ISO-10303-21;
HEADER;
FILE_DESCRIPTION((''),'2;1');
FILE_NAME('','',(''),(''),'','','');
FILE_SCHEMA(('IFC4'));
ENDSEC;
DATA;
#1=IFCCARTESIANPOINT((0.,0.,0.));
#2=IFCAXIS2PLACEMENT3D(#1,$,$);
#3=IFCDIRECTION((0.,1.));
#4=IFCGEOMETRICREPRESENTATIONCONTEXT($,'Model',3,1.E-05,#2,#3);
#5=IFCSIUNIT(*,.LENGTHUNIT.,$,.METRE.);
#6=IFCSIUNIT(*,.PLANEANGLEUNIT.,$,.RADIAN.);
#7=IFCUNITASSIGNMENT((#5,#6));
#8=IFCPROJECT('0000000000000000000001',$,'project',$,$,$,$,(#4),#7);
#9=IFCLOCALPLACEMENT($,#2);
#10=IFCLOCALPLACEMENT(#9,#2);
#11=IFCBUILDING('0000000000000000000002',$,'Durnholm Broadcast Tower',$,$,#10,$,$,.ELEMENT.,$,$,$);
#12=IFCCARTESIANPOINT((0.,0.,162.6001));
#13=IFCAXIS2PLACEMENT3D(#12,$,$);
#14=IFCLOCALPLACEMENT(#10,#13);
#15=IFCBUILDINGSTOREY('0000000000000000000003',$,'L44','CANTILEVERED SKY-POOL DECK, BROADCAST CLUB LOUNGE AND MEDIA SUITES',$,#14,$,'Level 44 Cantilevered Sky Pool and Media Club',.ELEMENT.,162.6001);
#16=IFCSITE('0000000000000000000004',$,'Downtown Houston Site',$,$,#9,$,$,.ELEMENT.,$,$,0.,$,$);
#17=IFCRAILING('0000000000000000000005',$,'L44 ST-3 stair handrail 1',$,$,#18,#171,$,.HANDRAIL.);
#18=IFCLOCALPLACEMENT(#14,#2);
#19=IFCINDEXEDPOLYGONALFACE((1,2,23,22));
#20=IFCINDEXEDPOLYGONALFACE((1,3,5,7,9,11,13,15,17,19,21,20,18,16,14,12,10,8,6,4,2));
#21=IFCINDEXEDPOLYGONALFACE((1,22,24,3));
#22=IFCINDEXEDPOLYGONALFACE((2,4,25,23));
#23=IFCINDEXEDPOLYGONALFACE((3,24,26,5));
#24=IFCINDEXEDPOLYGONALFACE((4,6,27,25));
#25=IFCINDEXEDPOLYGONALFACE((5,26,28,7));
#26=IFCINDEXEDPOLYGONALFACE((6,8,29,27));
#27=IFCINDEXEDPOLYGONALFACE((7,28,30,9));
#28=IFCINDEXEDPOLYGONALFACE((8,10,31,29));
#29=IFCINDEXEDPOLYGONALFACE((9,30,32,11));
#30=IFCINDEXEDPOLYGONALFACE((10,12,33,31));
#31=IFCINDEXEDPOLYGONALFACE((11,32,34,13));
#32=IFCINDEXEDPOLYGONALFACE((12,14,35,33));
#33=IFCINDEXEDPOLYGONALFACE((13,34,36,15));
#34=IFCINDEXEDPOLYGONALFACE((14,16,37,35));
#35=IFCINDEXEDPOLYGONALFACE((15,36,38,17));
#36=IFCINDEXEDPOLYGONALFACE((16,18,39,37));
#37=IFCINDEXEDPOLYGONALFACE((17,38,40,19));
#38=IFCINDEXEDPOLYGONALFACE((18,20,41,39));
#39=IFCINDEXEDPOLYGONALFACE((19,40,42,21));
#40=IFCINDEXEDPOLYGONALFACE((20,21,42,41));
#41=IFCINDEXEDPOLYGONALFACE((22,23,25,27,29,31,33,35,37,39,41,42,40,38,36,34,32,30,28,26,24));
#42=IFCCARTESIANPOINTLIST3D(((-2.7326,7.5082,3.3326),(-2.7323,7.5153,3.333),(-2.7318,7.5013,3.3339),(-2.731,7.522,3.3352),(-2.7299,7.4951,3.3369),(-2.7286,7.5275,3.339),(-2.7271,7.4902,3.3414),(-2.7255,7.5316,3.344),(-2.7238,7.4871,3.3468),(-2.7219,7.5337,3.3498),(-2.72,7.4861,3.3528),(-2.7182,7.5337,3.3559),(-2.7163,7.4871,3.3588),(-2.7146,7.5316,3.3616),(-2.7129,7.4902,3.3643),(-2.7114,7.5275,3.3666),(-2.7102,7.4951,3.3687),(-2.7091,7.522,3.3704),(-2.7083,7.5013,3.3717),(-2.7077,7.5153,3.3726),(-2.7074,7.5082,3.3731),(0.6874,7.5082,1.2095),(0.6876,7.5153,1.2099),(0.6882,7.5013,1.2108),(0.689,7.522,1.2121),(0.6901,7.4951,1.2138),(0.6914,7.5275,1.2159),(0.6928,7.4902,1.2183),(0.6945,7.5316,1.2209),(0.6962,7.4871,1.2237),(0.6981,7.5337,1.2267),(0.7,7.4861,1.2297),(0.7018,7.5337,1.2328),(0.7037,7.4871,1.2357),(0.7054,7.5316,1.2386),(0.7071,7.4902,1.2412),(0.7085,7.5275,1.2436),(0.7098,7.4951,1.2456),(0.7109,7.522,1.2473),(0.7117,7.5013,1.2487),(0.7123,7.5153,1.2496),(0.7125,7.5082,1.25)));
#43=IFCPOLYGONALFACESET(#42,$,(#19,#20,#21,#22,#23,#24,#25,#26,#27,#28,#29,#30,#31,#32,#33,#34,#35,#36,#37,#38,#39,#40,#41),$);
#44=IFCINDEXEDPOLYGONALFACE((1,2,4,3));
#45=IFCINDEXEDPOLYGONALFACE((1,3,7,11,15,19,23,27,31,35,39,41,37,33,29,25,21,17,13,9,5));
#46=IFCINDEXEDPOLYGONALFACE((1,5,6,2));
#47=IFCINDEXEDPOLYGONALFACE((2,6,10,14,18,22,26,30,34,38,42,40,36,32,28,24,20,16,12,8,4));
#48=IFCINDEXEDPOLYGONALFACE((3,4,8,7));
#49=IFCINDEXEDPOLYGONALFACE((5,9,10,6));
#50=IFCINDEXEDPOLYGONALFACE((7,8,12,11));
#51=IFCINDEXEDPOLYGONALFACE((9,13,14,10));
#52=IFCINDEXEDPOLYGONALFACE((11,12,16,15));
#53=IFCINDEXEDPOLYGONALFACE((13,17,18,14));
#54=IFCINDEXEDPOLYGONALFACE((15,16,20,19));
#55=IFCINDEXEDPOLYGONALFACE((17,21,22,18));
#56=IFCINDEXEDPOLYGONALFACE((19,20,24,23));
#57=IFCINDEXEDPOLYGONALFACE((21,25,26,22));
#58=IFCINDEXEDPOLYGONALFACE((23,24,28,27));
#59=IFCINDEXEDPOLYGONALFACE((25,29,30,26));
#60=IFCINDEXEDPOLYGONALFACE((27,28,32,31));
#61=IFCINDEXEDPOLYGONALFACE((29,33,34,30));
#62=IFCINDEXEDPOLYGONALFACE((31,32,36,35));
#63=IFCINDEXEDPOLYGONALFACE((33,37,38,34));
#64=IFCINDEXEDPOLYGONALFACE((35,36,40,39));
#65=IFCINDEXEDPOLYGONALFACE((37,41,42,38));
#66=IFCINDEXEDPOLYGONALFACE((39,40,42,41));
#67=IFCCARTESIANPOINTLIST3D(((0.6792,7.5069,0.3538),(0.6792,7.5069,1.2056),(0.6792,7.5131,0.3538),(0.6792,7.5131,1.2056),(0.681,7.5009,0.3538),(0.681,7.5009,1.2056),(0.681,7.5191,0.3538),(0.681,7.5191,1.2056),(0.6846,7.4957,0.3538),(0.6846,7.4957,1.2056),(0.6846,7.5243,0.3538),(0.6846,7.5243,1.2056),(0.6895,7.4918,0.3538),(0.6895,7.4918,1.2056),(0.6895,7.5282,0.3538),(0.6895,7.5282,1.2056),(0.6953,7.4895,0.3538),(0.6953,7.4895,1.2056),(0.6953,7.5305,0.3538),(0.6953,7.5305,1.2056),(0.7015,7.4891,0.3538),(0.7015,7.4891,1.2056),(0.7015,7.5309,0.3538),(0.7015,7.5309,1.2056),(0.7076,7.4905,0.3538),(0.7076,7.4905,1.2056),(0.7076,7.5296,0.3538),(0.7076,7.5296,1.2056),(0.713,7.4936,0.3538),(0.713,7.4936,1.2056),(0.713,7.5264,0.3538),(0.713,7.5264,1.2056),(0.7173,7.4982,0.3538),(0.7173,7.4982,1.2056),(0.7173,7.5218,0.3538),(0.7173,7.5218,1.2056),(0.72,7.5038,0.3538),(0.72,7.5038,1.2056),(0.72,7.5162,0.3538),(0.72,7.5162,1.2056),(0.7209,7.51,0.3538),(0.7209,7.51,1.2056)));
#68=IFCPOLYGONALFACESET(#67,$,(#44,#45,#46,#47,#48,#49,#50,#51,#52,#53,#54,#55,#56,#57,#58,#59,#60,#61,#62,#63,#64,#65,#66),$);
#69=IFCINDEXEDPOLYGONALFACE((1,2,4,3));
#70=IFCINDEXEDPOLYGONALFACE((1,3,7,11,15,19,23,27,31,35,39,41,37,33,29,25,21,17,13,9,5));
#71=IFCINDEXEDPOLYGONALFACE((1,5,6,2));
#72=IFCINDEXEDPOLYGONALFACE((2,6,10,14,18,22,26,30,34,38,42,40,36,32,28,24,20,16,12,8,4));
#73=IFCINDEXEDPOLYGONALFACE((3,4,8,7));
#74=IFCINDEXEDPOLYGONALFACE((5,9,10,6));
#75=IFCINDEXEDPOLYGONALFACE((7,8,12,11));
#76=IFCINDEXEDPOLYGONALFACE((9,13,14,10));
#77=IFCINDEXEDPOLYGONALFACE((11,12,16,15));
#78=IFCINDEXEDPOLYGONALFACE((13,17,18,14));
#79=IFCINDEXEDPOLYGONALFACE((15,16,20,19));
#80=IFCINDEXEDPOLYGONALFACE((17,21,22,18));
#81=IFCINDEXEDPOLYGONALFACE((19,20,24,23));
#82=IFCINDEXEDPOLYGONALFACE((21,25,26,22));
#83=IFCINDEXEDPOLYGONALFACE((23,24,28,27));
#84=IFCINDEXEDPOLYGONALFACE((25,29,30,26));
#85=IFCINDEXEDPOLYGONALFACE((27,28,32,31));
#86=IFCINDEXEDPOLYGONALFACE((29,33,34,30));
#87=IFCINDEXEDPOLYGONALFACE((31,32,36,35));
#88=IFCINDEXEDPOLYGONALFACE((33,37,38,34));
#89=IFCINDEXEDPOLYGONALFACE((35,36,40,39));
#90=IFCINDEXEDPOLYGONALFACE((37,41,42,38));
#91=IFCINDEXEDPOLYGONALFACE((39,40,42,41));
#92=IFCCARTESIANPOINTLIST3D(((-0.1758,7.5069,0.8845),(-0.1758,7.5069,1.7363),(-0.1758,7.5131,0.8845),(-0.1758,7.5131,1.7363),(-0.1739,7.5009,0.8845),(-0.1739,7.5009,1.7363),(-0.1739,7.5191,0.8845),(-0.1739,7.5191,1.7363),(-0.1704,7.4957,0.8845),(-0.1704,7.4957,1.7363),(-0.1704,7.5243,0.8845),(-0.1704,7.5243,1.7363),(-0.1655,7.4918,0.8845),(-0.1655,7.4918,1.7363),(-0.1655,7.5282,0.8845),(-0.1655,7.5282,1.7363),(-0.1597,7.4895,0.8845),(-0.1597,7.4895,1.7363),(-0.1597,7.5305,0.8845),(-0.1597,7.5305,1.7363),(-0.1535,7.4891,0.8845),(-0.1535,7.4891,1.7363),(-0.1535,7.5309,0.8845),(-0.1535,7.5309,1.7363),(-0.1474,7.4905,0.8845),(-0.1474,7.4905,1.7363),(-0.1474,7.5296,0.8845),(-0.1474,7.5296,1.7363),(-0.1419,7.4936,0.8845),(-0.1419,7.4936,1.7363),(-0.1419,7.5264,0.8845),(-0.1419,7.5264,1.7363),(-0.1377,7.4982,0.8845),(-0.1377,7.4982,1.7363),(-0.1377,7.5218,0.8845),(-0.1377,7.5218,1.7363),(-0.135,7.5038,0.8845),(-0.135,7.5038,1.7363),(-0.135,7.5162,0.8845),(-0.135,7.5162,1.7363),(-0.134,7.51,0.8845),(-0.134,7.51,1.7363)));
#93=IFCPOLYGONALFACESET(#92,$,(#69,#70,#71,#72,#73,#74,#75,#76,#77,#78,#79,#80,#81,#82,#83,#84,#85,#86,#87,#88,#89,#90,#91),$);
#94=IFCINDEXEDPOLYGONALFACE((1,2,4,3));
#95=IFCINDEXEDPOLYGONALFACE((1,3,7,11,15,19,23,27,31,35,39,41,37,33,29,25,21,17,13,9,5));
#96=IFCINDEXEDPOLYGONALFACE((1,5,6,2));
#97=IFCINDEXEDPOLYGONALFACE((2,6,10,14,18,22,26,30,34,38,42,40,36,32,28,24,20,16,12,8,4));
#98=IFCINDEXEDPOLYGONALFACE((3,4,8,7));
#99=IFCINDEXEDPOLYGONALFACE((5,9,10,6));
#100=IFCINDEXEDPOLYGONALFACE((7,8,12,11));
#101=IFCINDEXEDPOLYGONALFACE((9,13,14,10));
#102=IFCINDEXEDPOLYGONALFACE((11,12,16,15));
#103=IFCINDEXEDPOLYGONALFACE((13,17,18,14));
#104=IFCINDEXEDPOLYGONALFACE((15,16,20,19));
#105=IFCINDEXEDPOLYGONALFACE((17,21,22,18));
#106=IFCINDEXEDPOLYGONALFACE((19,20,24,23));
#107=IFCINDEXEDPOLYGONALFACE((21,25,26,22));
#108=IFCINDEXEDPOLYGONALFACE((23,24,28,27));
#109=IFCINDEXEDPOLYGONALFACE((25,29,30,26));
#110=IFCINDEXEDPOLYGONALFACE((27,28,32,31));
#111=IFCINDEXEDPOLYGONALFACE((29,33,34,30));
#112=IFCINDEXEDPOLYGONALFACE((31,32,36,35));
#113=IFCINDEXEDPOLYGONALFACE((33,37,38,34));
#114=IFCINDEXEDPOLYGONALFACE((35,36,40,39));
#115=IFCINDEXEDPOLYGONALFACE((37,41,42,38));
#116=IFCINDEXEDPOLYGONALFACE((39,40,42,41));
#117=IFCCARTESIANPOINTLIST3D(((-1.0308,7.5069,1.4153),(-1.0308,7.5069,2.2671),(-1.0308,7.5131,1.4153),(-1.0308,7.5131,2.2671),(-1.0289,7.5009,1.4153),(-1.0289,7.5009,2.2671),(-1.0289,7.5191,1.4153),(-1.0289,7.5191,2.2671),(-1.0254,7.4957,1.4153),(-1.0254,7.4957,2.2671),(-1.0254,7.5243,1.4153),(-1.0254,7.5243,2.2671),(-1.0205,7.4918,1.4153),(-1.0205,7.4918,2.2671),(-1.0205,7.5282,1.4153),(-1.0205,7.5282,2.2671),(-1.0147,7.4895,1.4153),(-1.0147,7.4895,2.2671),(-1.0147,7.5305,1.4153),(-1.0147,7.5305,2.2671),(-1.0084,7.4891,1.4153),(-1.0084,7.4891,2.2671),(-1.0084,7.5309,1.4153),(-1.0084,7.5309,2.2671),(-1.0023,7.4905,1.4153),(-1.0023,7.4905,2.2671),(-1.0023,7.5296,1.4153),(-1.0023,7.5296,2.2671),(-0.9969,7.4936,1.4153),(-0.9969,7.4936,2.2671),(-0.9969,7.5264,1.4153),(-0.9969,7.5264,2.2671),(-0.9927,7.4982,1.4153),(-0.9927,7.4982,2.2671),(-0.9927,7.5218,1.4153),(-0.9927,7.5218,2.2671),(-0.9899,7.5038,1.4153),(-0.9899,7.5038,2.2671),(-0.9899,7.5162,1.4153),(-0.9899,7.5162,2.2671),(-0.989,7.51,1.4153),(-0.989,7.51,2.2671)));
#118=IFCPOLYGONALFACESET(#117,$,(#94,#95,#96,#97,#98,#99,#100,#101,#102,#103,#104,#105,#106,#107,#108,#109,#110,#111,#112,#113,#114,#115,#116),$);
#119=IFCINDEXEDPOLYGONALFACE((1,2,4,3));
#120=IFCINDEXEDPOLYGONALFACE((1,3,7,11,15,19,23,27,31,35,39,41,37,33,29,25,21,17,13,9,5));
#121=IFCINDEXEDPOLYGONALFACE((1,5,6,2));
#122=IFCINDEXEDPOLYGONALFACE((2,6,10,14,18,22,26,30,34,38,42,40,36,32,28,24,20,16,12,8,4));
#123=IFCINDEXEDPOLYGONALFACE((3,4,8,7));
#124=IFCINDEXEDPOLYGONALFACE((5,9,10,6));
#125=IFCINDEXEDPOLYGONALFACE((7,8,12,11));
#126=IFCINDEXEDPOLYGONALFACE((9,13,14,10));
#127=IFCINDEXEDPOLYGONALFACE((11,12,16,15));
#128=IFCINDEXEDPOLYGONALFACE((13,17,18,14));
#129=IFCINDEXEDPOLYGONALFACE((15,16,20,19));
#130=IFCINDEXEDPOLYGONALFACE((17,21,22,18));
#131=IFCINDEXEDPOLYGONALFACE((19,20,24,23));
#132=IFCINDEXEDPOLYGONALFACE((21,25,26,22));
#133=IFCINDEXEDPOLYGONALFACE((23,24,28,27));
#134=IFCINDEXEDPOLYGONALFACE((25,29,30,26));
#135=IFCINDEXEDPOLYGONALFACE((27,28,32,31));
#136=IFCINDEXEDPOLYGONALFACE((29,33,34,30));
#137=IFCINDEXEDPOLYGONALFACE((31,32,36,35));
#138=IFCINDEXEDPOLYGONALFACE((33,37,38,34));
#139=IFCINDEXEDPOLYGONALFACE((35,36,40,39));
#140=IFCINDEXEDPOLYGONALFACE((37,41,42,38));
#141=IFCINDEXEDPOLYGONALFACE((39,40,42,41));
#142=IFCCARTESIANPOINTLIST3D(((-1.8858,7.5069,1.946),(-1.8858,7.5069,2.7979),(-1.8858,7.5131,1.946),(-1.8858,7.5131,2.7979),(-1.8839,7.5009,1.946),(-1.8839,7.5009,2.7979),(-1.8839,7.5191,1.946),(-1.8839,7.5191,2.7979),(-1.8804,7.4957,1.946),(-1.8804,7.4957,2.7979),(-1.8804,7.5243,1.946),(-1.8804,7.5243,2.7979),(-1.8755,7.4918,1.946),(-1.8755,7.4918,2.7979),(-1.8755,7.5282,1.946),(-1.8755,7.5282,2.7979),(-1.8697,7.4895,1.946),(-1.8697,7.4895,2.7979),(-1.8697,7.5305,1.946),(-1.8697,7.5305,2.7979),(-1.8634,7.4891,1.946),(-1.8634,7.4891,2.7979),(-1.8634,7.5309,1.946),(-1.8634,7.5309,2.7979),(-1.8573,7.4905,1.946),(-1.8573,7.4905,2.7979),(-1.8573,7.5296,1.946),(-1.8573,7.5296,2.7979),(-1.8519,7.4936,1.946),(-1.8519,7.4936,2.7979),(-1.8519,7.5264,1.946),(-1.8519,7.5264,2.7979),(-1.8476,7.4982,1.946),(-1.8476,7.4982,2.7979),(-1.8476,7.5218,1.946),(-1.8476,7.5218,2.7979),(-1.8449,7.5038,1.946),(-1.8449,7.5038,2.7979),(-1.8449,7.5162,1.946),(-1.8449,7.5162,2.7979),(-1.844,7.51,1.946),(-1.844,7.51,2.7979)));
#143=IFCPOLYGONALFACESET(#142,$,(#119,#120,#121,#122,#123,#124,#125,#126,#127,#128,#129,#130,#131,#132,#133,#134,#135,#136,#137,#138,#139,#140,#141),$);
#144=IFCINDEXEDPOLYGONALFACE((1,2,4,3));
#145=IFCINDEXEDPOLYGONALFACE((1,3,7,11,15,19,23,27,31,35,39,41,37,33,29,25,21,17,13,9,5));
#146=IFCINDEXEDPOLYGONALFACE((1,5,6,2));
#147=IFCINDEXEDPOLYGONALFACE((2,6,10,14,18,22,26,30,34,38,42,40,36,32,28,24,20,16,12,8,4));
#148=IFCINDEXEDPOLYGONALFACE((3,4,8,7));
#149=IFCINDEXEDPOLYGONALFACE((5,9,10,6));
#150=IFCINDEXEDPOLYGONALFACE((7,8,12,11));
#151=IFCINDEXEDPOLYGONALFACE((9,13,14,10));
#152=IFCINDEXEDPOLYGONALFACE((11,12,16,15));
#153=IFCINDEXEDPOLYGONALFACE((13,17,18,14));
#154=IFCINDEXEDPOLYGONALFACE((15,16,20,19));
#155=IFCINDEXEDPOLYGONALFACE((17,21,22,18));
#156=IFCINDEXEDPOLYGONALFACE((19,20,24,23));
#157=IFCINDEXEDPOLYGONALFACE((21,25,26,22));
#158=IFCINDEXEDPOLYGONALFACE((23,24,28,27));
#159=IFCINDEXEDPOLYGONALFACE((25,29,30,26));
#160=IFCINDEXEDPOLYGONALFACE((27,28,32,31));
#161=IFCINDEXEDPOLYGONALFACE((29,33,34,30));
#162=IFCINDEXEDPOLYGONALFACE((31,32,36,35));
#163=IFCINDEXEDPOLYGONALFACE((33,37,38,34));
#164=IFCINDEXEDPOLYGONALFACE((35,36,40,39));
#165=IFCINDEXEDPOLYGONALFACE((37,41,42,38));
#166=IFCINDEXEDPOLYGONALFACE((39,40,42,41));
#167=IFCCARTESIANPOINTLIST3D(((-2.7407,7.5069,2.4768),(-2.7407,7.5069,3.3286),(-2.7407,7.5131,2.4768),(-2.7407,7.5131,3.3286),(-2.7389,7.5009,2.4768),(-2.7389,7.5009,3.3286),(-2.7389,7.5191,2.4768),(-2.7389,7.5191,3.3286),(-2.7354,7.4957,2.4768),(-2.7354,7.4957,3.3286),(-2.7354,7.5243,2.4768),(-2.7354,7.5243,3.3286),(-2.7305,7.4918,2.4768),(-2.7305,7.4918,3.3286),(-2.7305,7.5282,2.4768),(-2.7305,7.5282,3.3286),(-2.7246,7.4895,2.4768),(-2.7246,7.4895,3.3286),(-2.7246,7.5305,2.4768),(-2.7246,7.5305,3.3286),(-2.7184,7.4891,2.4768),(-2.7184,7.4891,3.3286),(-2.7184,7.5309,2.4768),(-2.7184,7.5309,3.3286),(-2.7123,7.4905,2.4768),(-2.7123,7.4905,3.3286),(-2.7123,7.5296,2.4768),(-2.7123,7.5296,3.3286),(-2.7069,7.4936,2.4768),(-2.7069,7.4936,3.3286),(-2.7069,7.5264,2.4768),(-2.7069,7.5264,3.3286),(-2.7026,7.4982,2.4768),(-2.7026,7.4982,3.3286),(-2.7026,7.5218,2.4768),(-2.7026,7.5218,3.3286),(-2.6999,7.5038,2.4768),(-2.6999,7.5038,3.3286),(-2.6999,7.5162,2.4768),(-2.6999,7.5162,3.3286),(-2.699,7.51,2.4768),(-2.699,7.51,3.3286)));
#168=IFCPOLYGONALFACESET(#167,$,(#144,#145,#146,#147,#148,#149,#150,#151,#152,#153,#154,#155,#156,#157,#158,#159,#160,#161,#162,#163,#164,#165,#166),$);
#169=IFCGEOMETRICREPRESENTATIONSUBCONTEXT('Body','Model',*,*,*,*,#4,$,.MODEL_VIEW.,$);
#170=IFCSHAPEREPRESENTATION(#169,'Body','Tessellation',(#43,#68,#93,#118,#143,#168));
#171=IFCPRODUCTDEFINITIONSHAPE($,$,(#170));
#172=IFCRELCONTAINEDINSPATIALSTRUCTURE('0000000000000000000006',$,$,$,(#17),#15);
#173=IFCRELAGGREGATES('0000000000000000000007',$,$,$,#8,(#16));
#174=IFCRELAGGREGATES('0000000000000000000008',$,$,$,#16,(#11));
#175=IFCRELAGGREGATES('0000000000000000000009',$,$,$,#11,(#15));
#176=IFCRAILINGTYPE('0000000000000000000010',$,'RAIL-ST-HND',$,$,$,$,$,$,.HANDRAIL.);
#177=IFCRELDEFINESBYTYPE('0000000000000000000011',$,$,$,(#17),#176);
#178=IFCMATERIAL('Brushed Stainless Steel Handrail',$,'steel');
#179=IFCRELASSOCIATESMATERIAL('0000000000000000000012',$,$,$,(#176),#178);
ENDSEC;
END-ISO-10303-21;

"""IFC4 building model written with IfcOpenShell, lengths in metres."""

from ifc_helpers import new_model, si_unit, direction, frame, origin, origin_2d, place, context, subcontext, project, spatial, circle, extrude, material, type_object, element, save


model = new_model("IFC4")

# Units and contexts
model_context = context("Model", 3, precision=1e-05, world=origin(), true_north=direction((0.0, 1.0)))
body_context = subcontext(model_context, "Body", "Model", "MODEL_VIEW")
ifc_project = project(units=[si_unit("LENGTHUNIT", "METRE"), si_unit("PLANEANGLEUNIT", "RADIAN")], contexts=[model_context])

# Site, building, storey
site_placement = place(None, origin())
site = spatial("IfcSite", under=ifc_project, at=site_placement, Name="Downtown Houston Site", CompositionType="ELEMENT", RefElevation=0.0)
building_placement = place(site_placement, origin())
building = spatial("IfcBuilding", under=site, at=building_placement, Name="Durnholm Broadcast Tower", CompositionType="ELEMENT")
storey_placement = place(building_placement, frame((0.0, 0.0, 162.6001)))
storey = spatial("IfcBuildingStorey", under=building, at=storey_placement, Name="L44", Description="CANTILEVERED SKY-POOL DECK, BROADCAST CLUB LOUNGE AND MEDIA SUITES", LongName="Level 44 Cantilevered Sky Pool and Media Club", CompositionType="ELEMENT", Elevation=162.6001)

# Railing
ifc_material_1 = material(Name="Brushed Stainless Steel Handrail", Category="steel")
railing_type = type_object("IfcRailingType", Name="RAIL-ST-HND", PredefinedType="HANDRAIL", material=ifc_material_1)
railing_placement = place(storey_placement, frame((0.7, 7.51, 0.3538)))
element("IfcRailing", 1, at=railing_placement, inside=storey, type_object=railing_type, Name="L44 ST-3 stair handrail 1", PredefinedType="HANDRAIL", context=body_context, shape_type="SweptSolid", body=[
    extrude(circle(Radius=0.0239, at=origin_2d()), frame((0.0, 0.0, 0.876), z_axis=(-0.849603, 0.0, 0.527423), x_axis=(0.0, -1.0, 0.0)), (0.0, 0.0, 1.0), 4.0254),
    extrude(circle(Radius=0.021, at=origin_2d()), origin(), (0.0, 0.0, 1.0), 0.8518),
    extrude(circle(Radius=0.021, at=origin_2d()), frame((-0.855, 0.0, 0.5308)), (0.0, 0.0, 1.0), 0.8518),
    extrude(circle(Radius=0.021, at=origin_2d()), frame((-1.71, 0.0, 1.0615)), (0.0, 0.0, 1.0), 0.8518),
    extrude(circle(Radius=0.021, at=origin_2d()), frame((-2.5649, 0.0, 1.5923)), (0.0, 0.0, 1.0), 0.8518),
    extrude(circle(Radius=0.021, at=origin_2d()), frame((-3.4199, 0.0, 2.123)), (0.0, 0.0, 1.0), 0.8518),
])

save(model, "model.ifc")
